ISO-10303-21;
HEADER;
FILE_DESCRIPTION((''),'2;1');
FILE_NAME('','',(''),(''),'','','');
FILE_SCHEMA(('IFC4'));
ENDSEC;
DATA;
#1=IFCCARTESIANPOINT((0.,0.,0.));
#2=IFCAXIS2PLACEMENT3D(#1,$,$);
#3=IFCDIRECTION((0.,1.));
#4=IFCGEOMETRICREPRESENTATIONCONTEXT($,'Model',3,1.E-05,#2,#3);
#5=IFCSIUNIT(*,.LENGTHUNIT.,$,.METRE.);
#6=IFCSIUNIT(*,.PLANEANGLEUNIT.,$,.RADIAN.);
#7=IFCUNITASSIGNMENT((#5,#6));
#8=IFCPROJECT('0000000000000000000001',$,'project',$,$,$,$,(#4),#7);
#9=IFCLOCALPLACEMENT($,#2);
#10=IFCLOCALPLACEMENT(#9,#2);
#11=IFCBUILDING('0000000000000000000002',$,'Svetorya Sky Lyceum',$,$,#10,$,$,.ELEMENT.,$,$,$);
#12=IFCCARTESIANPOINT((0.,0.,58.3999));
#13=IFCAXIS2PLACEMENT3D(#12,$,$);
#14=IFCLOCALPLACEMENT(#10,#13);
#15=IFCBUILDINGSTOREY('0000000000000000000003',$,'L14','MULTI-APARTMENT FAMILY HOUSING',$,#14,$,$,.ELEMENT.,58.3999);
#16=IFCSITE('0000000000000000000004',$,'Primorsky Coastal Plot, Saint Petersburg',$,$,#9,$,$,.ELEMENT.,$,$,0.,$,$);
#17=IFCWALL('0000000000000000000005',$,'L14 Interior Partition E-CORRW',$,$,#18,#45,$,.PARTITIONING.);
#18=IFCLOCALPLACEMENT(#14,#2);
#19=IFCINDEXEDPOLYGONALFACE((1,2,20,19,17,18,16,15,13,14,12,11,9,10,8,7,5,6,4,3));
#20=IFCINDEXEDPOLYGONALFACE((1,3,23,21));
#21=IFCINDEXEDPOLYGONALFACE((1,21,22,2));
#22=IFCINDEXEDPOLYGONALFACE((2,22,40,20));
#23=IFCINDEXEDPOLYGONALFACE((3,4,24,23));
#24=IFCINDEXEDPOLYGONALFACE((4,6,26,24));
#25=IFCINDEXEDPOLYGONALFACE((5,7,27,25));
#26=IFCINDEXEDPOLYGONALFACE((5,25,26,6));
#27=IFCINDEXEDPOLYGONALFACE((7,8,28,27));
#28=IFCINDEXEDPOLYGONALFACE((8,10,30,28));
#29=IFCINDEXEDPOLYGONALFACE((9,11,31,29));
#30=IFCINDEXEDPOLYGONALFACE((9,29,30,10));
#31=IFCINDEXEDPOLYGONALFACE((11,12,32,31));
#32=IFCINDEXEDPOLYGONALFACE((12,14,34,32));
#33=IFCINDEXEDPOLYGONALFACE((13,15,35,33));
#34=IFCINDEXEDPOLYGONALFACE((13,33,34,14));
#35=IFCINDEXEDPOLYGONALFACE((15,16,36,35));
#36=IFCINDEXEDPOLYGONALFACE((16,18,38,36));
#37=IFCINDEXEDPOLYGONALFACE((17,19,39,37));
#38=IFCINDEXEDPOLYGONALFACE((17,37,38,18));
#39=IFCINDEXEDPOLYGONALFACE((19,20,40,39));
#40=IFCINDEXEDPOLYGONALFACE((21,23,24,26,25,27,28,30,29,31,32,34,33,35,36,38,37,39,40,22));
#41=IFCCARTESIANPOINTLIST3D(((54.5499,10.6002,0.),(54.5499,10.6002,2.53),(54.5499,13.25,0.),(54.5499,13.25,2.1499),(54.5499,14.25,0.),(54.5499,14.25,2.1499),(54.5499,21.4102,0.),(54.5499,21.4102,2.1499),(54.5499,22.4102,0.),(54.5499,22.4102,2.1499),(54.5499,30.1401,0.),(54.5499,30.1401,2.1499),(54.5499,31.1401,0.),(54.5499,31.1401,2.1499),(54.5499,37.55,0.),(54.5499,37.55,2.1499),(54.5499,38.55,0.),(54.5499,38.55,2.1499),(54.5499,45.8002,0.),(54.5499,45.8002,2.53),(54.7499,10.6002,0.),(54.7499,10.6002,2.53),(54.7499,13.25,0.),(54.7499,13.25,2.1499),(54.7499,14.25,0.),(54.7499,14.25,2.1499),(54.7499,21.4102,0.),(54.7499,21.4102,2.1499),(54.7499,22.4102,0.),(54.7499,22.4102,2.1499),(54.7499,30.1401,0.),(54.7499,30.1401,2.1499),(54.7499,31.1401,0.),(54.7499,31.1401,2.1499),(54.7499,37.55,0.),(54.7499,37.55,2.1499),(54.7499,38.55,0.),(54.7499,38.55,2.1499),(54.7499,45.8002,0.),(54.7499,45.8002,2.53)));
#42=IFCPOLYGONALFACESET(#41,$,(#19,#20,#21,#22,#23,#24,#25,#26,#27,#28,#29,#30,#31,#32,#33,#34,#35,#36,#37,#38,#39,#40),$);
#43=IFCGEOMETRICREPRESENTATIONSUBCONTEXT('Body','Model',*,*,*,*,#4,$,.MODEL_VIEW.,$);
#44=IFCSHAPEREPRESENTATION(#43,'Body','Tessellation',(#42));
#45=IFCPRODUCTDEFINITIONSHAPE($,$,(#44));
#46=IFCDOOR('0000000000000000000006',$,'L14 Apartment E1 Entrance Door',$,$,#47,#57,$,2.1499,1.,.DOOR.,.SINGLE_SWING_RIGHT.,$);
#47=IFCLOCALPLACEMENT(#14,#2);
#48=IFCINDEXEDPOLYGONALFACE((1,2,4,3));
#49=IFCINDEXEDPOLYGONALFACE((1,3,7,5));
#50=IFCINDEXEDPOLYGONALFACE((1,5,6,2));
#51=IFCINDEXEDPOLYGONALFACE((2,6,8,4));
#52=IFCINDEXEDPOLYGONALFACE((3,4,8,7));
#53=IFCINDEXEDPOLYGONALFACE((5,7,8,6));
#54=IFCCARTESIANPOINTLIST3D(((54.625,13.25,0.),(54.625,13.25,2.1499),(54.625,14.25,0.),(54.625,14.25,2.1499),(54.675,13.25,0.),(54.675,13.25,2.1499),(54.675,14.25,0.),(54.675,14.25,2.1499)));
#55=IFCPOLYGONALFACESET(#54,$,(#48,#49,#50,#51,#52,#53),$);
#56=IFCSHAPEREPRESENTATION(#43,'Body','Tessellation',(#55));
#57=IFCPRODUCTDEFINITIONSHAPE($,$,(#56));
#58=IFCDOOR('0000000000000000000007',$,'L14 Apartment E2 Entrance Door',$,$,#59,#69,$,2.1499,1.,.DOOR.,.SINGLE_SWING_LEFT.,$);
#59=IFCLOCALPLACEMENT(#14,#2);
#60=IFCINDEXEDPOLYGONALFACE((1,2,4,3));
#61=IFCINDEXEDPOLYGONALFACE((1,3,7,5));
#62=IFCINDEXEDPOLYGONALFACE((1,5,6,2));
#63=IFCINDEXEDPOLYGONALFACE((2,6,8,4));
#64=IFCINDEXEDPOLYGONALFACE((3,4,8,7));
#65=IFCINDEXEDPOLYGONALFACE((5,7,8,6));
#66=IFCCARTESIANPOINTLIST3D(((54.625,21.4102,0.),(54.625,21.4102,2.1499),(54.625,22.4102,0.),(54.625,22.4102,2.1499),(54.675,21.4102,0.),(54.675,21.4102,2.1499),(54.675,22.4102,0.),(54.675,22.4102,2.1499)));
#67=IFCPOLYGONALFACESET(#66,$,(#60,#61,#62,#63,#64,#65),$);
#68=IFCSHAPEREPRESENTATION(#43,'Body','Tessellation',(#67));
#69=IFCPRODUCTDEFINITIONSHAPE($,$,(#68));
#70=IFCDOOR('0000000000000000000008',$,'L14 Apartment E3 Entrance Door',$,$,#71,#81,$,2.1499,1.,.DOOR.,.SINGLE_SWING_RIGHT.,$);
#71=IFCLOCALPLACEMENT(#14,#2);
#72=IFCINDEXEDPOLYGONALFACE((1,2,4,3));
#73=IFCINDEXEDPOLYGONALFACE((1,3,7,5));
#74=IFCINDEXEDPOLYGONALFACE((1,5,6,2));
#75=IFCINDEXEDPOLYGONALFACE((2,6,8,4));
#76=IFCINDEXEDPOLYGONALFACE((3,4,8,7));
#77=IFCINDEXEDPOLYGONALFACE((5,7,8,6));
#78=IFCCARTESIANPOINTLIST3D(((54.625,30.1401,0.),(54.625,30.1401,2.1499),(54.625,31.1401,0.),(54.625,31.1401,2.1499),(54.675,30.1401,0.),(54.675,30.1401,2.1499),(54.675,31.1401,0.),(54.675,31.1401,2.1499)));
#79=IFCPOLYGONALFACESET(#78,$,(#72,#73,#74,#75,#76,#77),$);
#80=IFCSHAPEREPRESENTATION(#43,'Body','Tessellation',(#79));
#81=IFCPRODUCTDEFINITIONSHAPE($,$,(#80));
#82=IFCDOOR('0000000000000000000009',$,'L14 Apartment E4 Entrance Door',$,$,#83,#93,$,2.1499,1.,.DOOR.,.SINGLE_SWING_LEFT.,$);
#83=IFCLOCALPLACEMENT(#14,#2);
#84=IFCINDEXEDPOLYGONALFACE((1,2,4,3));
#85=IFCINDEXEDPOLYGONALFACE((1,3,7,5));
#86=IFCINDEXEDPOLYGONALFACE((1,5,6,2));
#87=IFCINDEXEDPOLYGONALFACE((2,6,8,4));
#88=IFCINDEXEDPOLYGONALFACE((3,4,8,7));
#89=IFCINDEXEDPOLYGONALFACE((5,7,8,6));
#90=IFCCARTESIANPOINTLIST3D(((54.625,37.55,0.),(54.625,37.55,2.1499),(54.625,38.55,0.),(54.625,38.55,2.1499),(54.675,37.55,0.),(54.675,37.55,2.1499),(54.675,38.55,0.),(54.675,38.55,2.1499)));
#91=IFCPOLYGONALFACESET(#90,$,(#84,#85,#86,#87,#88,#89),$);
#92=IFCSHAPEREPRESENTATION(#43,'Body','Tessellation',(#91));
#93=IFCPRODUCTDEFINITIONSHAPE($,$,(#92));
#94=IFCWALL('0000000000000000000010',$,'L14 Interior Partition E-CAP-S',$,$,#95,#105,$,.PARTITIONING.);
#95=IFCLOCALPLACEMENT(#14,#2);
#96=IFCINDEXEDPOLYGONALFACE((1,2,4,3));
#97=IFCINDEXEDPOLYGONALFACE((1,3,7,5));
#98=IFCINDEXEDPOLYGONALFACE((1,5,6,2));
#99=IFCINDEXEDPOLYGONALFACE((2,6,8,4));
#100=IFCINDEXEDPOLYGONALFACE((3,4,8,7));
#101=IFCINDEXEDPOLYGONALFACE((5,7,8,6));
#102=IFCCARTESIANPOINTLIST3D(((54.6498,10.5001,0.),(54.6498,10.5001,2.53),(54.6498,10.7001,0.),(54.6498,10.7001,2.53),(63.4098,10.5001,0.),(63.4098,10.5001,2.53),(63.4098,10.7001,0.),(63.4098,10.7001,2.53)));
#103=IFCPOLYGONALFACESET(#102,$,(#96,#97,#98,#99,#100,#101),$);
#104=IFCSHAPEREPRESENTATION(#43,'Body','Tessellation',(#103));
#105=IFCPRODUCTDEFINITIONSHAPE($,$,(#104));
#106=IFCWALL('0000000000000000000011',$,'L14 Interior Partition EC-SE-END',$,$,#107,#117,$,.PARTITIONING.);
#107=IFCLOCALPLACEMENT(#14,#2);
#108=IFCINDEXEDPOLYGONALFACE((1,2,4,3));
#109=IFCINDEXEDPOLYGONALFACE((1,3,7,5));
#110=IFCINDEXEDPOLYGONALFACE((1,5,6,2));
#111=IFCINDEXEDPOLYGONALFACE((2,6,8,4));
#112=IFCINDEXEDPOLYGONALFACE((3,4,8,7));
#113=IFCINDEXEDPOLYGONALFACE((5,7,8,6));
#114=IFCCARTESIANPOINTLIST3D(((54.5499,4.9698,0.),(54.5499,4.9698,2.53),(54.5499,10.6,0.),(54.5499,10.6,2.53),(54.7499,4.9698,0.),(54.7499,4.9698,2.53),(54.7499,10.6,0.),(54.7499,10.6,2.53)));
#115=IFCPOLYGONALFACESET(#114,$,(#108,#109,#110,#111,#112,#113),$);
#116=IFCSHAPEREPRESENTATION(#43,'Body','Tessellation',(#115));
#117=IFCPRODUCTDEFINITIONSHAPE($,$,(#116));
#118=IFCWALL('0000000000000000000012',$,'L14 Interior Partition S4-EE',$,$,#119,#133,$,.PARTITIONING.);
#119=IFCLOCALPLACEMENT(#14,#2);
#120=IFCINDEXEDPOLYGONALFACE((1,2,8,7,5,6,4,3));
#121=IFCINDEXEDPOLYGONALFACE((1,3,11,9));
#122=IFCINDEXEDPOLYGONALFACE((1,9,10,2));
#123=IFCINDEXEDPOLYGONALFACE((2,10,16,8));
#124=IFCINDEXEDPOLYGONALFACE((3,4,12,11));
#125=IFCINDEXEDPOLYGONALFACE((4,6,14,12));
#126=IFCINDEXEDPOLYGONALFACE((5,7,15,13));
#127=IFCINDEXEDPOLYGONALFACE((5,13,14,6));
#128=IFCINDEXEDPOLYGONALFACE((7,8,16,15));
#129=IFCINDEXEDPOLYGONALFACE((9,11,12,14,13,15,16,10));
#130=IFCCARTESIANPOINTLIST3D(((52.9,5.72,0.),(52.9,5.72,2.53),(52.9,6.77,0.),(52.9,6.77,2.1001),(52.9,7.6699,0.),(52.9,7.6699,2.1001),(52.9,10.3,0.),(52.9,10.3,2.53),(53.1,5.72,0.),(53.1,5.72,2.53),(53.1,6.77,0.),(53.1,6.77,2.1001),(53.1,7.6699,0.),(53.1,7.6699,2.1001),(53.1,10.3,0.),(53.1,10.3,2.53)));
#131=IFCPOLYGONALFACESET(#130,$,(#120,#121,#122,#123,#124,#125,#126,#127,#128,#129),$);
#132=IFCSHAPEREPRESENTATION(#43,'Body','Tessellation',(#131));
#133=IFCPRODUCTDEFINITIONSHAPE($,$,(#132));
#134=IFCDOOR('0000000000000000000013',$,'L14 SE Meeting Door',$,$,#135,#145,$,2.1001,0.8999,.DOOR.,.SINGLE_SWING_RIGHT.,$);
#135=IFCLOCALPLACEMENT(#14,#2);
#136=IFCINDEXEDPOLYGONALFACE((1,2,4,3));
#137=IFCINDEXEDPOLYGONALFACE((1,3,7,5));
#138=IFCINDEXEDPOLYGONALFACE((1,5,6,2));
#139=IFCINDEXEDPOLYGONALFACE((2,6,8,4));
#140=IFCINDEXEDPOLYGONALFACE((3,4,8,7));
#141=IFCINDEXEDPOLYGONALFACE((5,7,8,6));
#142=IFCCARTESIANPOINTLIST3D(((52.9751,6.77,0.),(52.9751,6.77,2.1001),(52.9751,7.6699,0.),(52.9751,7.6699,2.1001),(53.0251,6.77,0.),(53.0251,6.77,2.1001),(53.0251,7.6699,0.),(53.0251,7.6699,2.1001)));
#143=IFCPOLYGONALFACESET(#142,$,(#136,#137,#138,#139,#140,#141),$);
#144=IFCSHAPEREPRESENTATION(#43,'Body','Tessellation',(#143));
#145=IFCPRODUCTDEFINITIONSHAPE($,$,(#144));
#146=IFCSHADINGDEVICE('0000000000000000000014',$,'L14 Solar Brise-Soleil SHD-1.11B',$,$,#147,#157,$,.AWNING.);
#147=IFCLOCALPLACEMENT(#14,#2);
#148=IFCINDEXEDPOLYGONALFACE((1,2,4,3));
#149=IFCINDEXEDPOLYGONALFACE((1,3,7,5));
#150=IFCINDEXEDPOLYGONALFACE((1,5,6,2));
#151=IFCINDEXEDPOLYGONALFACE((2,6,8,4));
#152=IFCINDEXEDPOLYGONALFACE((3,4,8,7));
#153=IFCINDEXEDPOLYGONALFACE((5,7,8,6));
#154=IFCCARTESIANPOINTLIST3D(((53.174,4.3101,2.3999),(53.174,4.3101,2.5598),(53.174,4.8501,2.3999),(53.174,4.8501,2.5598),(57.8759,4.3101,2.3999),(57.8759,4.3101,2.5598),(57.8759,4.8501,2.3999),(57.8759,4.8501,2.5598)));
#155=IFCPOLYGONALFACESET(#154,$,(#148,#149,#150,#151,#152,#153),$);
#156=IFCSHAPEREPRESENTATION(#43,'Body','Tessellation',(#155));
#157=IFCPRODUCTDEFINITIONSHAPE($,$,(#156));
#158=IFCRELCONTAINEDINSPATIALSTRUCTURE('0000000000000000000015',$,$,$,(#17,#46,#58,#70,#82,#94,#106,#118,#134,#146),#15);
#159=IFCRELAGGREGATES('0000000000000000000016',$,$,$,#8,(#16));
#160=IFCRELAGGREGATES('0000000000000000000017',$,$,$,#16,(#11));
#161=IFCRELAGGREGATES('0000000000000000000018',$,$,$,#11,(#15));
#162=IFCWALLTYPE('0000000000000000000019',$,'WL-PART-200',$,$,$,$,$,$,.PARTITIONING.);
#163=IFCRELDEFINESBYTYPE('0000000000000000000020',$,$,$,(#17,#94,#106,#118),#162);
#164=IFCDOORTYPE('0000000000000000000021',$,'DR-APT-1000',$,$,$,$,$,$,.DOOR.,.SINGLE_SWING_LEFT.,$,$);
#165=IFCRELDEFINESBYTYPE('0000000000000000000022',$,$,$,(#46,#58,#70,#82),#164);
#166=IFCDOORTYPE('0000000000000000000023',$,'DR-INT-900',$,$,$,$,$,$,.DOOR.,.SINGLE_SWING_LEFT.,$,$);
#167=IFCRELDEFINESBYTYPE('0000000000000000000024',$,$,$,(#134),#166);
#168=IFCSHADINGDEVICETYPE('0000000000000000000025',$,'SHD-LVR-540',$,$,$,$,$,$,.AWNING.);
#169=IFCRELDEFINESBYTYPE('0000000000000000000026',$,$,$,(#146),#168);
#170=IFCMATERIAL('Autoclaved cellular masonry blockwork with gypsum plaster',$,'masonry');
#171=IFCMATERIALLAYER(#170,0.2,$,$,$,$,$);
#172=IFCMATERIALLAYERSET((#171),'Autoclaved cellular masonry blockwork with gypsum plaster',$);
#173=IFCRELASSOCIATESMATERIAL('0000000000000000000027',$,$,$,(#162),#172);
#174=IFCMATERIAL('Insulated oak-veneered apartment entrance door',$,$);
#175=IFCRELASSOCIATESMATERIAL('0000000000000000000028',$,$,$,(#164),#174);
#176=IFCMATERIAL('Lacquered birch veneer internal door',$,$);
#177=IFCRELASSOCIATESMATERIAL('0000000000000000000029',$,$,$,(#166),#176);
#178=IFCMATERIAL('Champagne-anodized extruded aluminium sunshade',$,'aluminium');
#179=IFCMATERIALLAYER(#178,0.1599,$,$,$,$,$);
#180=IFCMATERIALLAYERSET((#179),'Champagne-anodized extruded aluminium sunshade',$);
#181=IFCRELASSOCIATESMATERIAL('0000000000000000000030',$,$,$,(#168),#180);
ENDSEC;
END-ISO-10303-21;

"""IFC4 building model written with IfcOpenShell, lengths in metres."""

from ifc_helpers import new_model, si_unit, direction, frame, frame_2d, origin, origin_2d, place, context, subcontext, project, spatial, rectangle, extrude, material, layer, layer_set, type_object, element, fill, save


model = new_model("IFC4")

# Units and contexts
model_context = context("Model", 3, precision=1e-05, world=origin(), true_north=direction((0.0, 1.0)))
body_context = subcontext(model_context, "Body", "Model", "MODEL_VIEW")
ifc_project = project(units=[si_unit("LENGTHUNIT", "METRE"), si_unit("PLANEANGLEUNIT", "RADIAN")], contexts=[model_context])

# Site, building, storey
site_placement = place(None, origin())
site = spatial("IfcSite", under=ifc_project, at=site_placement, Name="Primorsky Coastal Plot, Saint Petersburg", CompositionType="ELEMENT", RefElevation=0.0)
building_placement = place(site_placement, origin())
building = spatial("IfcBuilding", under=site, at=building_placement, Name="Svetorya Sky Lyceum", CompositionType="ELEMENT")
storey_placement = place(building_placement, frame((0.0, 0.0, 58.3999)))
storey = spatial("IfcBuildingStorey", under=building, at=storey_placement, Name="L14", Description="MULTI-APARTMENT FAMILY HOUSING", CompositionType="ELEMENT", Elevation=58.3999)

# Wall, openings, doors
ifc_material_1 = material(Name="Autoclaved cellular masonry blockwork with gypsum plaster", Category="masonry")
ifc_layer_1 = layer(ifc_material_1, 0.2)
ifc_layer_set_1 = layer_set([ifc_layer_1], Name="Autoclaved cellular masonry blockwork with gypsum plaster")
wall_type_1 = type_object("IfcWallType", Name="WL-PART-200", PredefinedType="PARTITIONING", material=ifc_layer_set_1)
wall_1_placement = place(storey_placement, frame((54.6499, 10.6001, 0.0), z_axis=(0.0, 0.0, 1.0), x_axis=(0.0, 1.0, 0.0)))
wall_1 = element("IfcWall", 1, at=wall_1_placement, inside=storey, type_object=wall_type_1, Name="L14 Interior Partition E-CORRW", PredefinedType="PARTITIONING", context=body_context, shape_type="SweptSolid", body=[
    extrude(rectangle(XDim=35.2, YDim=0.2, at=frame_2d((17.6001, 0.0))), origin(), (0.0, 0.0, 1.0), 2.53),
])
opening_1_placement = place(wall_1_placement, frame((2.6499, 0.0, 0.0)))
opening_1 = element("IfcOpeningElement", 2, at=opening_1_placement, cuts=wall_1, PredefinedType="OPENING", context=body_context, shape_type="SweptSolid", body=[
    extrude(rectangle(XDim=1.0, YDim=2.1499, at=frame_2d((0.5, 1.075))), frame((0.0, 0.1099, 0.0), z_axis=(0.0, -1.0, 0.0), x_axis=(1.0, 0.0, 0.0)), (0.0, 0.0, 1.0), 0.22),
])
opening_2_placement = place(wall_1_placement, frame((10.8101, 0.0, 0.0)))
opening_2 = element("IfcOpeningElement", 3, at=opening_2_placement, cuts=wall_1, PredefinedType="OPENING", context=body_context, shape_type="SweptSolid", body=[
    extrude(rectangle(XDim=1.0, YDim=2.1499, at=frame_2d((0.5, 1.075))), frame((0.0, 0.1099, 0.0), z_axis=(0.0, -1.0, 0.0), x_axis=(1.0, 0.0, 0.0)), (0.0, 0.0, 1.0), 0.22),
])
opening_3_placement = place(wall_1_placement, frame((19.54, 0.0, 0.0)))
opening_3 = element("IfcOpeningElement", 4, at=opening_3_placement, cuts=wall_1, PredefinedType="OPENING", context=body_context, shape_type="SweptSolid", body=[
    extrude(rectangle(XDim=1.0, YDim=2.1499, at=frame_2d((0.5, 1.075))), frame((0.0, 0.1099, 0.0), z_axis=(0.0, -1.0, 0.0), x_axis=(1.0, 0.0, 0.0)), (0.0, 0.0, 1.0), 0.22),
])
opening_4_placement = place(wall_1_placement, frame((26.95, 0.0, 0.0)))
opening_4 = element("IfcOpeningElement", 5, at=opening_4_placement, cuts=wall_1, PredefinedType="OPENING", context=body_context, shape_type="SweptSolid", body=[
    extrude(rectangle(XDim=1.0, YDim=2.1499, at=frame_2d((0.5, 1.075))), frame((0.0, 0.1099, 0.0), z_axis=(0.0, -1.0, 0.0), x_axis=(1.0, 0.0, 0.0)), (0.0, 0.0, 1.0), 0.22),
])
ifc_material_2 = material(Name="Insulated oak-veneered apartment entrance door")
door_type_1 = type_object("IfcDoorType", Name="DR-APT-1000", OperationType="SINGLE_SWING_LEFT", PredefinedType="DOOR", material=ifc_material_2)
door_1_placement = place(opening_1_placement, origin())
door_1 = element("IfcDoor", 6, at=door_1_placement, inside=storey, type_object=door_type_1, Name="L14 Apartment E1 Entrance Door", OperationType="SINGLE_SWING_RIGHT", OverallHeight=2.1499, OverallWidth=1.0, PredefinedType="DOOR", context=body_context, shape_type="SweptSolid", body=[
    extrude(rectangle(XDim=1.0, YDim=2.1499, at=frame_2d((0.5, 1.075))), frame((0.0, 0.0249, 0.0), z_axis=(0.0, -1.0, 0.0), x_axis=(1.0, 0.0, 0.0)), (0.0, 0.0, 1.0), 0.05),
])
fill(opening_1, door_1)
door_2_placement = place(opening_2_placement, origin())
door_2 = element("IfcDoor", 7, at=door_2_placement, inside=storey, type_object=door_type_1, Name="L14 Apartment E2 Entrance Door", OperationType="SINGLE_SWING_LEFT", OverallHeight=2.1499, OverallWidth=1.0, PredefinedType="DOOR", context=body_context, shape_type="SweptSolid", body=[
    extrude(rectangle(XDim=1.0, YDim=2.1499, at=frame_2d((0.5, 1.075))), frame((0.0, 0.0249, 0.0), z_axis=(0.0, -1.0, 0.0), x_axis=(1.0, 0.0, 0.0)), (0.0, 0.0, 1.0), 0.05),
])
fill(opening_2, door_2)
door_3_placement = place(opening_3_placement, origin())
door_3 = element("IfcDoor", 8, at=door_3_placement, inside=storey, type_object=door_type_1, Name="L14 Apartment E3 Entrance Door", OperationType="SINGLE_SWING_RIGHT", OverallHeight=2.1499, OverallWidth=1.0, PredefinedType="DOOR", context=body_context, shape_type="SweptSolid", body=[
    extrude(rectangle(XDim=1.0, YDim=2.1499, at=frame_2d((0.5, 1.075))), frame((0.0, 0.0249, 0.0), z_axis=(0.0, -1.0, 0.0), x_axis=(1.0, 0.0, 0.0)), (0.0, 0.0, 1.0), 0.05),
])
fill(opening_3, door_3)
door_4_placement = place(opening_4_placement, origin())
door_4 = element("IfcDoor", 9, at=door_4_placement, inside=storey, type_object=door_type_1, Name="L14 Apartment E4 Entrance Door", OperationType="SINGLE_SWING_LEFT", OverallHeight=2.1499, OverallWidth=1.0, PredefinedType="DOOR", context=body_context, shape_type="SweptSolid", body=[
    extrude(rectangle(XDim=1.0, YDim=2.1499, at=frame_2d((0.5, 1.075))), frame((0.0, 0.0249, 0.0), z_axis=(0.0, -1.0, 0.0), x_axis=(1.0, 0.0, 0.0)), (0.0, 0.0, 1.0), 0.05),
])
fill(opening_4, door_4)

# Walls
wall_2_placement = place(storey_placement, frame((54.6499, 10.6001, 0.0), z_axis=(0.0, 0.0, 1.0), x_axis=(1.0, 0.0, 0.0)))
element("IfcWall", 10, at=wall_2_placement, inside=storey, type_object=wall_type_1, Name="L14 Interior Partition E-CAP-S", PredefinedType="PARTITIONING", context=body_context, shape_type="SweptSolid", body=[
    extrude(rectangle(XDim=8.76, YDim=0.2, at=frame_2d((4.3799, 0.0))), origin(), (0.0, 0.0, 1.0), 2.53),
])
wall_3_placement = place(storey_placement, frame((54.6499, 4.97, 0.0), z_axis=(0.0, 0.0, 1.0), x_axis=(0.0, 1.0, 0.0)))
element("IfcWall", 11, at=wall_3_placement, inside=storey, type_object=wall_type_1, Name="L14 Interior Partition EC-SE-END", PredefinedType="PARTITIONING", context=body_context, shape_type="SweptSolid", body=[
    extrude(rectangle(XDim=5.6301, YDim=0.2, at=frame_2d((2.8149, 0.0))), origin(), (0.0, 0.0, 1.0), 2.53),
])

# Wall, opening, door
wall_4_placement = place(storey_placement, frame((53.0, 5.72, 0.0), z_axis=(0.0, 0.0, 1.0), x_axis=(0.0, 1.0, 0.0)))
wall_4 = element("IfcWall", 12, at=wall_4_placement, inside=storey, type_object=wall_type_1, Name="L14 Interior Partition S4-EE", PredefinedType="PARTITIONING", context=body_context, shape_type="SweptSolid", body=[
    extrude(rectangle(XDim=4.5801, YDim=0.2, at=frame_2d((2.29, 0.0))), origin(), (0.0, 0.0, 1.0), 2.53),
])
opening_5_placement = place(wall_4_placement, frame((1.05, 0.0, 0.0)))
opening_5 = element("IfcOpeningElement", 13, at=opening_5_placement, cuts=wall_4, PredefinedType="OPENING", context=body_context, shape_type="SweptSolid", body=[
    extrude(rectangle(XDim=0.8999, YDim=2.1001, at=frame_2d((0.45, 1.05))), frame((0.0, 0.1099, 0.0), z_axis=(0.0, -1.0, 0.0), x_axis=(1.0, 0.0, 0.0)), (0.0, 0.0, 1.0), 0.22),
])
ifc_material_3 = material(Name="Lacquered birch veneer internal door")
door_type_2 = type_object("IfcDoorType", Name="DR-INT-900", OperationType="SINGLE_SWING_LEFT", PredefinedType="DOOR", material=ifc_material_3)
door_5_placement = place(opening_5_placement, origin())
door_5 = element("IfcDoor", 14, at=door_5_placement, inside=storey, type_object=door_type_2, Name="L14 SE Meeting Door", OperationType="SINGLE_SWING_RIGHT", OverallHeight=2.1001, OverallWidth=0.8999, PredefinedType="DOOR", context=body_context, shape_type="SweptSolid", body=[
    extrude(rectangle(XDim=0.8999, YDim=2.1001, at=frame_2d((0.45, 1.05))), frame((0.0, 0.0249, 0.0), z_axis=(0.0, -1.0, 0.0), x_axis=(1.0, 0.0, 0.0)), (0.0, 0.0, 1.0), 0.05),
])
fill(opening_5, door_5)

# Shading device
ifc_material_4 = material(Name="Champagne-anodized extruded aluminium sunshade", Category="aluminium")
ifc_layer_2 = layer(ifc_material_4, 0.1599)
ifc_layer_set_2 = layer_set([ifc_layer_2], Name="Champagne-anodized extruded aluminium sunshade")
shading_device_type = type_object("IfcShadingDeviceType", Name="SHD-LVR-540", PredefinedType="AWNING", material=ifc_layer_set_2)
shading_device_placement = place(storey_placement, frame((55.5249, 4.5801, 2.3999), z_axis=(0.0, 0.0, 1.0), x_axis=(1.0, 0.0, 0.0)))
element("IfcShadingDevice", 15, at=shading_device_placement, inside=storey, type_object=shading_device_type, Name="L14 Solar Brise-Soleil SHD-1.11B", PredefinedType="AWNING", context=body_context, shape_type="SweptSolid", body=[
    extrude(rectangle(XDim=4.7019, YDim=0.54, at=origin_2d()), origin(), (0.0, 0.0, 1.0), 0.1599),
])

save(model, "model.ifc")
